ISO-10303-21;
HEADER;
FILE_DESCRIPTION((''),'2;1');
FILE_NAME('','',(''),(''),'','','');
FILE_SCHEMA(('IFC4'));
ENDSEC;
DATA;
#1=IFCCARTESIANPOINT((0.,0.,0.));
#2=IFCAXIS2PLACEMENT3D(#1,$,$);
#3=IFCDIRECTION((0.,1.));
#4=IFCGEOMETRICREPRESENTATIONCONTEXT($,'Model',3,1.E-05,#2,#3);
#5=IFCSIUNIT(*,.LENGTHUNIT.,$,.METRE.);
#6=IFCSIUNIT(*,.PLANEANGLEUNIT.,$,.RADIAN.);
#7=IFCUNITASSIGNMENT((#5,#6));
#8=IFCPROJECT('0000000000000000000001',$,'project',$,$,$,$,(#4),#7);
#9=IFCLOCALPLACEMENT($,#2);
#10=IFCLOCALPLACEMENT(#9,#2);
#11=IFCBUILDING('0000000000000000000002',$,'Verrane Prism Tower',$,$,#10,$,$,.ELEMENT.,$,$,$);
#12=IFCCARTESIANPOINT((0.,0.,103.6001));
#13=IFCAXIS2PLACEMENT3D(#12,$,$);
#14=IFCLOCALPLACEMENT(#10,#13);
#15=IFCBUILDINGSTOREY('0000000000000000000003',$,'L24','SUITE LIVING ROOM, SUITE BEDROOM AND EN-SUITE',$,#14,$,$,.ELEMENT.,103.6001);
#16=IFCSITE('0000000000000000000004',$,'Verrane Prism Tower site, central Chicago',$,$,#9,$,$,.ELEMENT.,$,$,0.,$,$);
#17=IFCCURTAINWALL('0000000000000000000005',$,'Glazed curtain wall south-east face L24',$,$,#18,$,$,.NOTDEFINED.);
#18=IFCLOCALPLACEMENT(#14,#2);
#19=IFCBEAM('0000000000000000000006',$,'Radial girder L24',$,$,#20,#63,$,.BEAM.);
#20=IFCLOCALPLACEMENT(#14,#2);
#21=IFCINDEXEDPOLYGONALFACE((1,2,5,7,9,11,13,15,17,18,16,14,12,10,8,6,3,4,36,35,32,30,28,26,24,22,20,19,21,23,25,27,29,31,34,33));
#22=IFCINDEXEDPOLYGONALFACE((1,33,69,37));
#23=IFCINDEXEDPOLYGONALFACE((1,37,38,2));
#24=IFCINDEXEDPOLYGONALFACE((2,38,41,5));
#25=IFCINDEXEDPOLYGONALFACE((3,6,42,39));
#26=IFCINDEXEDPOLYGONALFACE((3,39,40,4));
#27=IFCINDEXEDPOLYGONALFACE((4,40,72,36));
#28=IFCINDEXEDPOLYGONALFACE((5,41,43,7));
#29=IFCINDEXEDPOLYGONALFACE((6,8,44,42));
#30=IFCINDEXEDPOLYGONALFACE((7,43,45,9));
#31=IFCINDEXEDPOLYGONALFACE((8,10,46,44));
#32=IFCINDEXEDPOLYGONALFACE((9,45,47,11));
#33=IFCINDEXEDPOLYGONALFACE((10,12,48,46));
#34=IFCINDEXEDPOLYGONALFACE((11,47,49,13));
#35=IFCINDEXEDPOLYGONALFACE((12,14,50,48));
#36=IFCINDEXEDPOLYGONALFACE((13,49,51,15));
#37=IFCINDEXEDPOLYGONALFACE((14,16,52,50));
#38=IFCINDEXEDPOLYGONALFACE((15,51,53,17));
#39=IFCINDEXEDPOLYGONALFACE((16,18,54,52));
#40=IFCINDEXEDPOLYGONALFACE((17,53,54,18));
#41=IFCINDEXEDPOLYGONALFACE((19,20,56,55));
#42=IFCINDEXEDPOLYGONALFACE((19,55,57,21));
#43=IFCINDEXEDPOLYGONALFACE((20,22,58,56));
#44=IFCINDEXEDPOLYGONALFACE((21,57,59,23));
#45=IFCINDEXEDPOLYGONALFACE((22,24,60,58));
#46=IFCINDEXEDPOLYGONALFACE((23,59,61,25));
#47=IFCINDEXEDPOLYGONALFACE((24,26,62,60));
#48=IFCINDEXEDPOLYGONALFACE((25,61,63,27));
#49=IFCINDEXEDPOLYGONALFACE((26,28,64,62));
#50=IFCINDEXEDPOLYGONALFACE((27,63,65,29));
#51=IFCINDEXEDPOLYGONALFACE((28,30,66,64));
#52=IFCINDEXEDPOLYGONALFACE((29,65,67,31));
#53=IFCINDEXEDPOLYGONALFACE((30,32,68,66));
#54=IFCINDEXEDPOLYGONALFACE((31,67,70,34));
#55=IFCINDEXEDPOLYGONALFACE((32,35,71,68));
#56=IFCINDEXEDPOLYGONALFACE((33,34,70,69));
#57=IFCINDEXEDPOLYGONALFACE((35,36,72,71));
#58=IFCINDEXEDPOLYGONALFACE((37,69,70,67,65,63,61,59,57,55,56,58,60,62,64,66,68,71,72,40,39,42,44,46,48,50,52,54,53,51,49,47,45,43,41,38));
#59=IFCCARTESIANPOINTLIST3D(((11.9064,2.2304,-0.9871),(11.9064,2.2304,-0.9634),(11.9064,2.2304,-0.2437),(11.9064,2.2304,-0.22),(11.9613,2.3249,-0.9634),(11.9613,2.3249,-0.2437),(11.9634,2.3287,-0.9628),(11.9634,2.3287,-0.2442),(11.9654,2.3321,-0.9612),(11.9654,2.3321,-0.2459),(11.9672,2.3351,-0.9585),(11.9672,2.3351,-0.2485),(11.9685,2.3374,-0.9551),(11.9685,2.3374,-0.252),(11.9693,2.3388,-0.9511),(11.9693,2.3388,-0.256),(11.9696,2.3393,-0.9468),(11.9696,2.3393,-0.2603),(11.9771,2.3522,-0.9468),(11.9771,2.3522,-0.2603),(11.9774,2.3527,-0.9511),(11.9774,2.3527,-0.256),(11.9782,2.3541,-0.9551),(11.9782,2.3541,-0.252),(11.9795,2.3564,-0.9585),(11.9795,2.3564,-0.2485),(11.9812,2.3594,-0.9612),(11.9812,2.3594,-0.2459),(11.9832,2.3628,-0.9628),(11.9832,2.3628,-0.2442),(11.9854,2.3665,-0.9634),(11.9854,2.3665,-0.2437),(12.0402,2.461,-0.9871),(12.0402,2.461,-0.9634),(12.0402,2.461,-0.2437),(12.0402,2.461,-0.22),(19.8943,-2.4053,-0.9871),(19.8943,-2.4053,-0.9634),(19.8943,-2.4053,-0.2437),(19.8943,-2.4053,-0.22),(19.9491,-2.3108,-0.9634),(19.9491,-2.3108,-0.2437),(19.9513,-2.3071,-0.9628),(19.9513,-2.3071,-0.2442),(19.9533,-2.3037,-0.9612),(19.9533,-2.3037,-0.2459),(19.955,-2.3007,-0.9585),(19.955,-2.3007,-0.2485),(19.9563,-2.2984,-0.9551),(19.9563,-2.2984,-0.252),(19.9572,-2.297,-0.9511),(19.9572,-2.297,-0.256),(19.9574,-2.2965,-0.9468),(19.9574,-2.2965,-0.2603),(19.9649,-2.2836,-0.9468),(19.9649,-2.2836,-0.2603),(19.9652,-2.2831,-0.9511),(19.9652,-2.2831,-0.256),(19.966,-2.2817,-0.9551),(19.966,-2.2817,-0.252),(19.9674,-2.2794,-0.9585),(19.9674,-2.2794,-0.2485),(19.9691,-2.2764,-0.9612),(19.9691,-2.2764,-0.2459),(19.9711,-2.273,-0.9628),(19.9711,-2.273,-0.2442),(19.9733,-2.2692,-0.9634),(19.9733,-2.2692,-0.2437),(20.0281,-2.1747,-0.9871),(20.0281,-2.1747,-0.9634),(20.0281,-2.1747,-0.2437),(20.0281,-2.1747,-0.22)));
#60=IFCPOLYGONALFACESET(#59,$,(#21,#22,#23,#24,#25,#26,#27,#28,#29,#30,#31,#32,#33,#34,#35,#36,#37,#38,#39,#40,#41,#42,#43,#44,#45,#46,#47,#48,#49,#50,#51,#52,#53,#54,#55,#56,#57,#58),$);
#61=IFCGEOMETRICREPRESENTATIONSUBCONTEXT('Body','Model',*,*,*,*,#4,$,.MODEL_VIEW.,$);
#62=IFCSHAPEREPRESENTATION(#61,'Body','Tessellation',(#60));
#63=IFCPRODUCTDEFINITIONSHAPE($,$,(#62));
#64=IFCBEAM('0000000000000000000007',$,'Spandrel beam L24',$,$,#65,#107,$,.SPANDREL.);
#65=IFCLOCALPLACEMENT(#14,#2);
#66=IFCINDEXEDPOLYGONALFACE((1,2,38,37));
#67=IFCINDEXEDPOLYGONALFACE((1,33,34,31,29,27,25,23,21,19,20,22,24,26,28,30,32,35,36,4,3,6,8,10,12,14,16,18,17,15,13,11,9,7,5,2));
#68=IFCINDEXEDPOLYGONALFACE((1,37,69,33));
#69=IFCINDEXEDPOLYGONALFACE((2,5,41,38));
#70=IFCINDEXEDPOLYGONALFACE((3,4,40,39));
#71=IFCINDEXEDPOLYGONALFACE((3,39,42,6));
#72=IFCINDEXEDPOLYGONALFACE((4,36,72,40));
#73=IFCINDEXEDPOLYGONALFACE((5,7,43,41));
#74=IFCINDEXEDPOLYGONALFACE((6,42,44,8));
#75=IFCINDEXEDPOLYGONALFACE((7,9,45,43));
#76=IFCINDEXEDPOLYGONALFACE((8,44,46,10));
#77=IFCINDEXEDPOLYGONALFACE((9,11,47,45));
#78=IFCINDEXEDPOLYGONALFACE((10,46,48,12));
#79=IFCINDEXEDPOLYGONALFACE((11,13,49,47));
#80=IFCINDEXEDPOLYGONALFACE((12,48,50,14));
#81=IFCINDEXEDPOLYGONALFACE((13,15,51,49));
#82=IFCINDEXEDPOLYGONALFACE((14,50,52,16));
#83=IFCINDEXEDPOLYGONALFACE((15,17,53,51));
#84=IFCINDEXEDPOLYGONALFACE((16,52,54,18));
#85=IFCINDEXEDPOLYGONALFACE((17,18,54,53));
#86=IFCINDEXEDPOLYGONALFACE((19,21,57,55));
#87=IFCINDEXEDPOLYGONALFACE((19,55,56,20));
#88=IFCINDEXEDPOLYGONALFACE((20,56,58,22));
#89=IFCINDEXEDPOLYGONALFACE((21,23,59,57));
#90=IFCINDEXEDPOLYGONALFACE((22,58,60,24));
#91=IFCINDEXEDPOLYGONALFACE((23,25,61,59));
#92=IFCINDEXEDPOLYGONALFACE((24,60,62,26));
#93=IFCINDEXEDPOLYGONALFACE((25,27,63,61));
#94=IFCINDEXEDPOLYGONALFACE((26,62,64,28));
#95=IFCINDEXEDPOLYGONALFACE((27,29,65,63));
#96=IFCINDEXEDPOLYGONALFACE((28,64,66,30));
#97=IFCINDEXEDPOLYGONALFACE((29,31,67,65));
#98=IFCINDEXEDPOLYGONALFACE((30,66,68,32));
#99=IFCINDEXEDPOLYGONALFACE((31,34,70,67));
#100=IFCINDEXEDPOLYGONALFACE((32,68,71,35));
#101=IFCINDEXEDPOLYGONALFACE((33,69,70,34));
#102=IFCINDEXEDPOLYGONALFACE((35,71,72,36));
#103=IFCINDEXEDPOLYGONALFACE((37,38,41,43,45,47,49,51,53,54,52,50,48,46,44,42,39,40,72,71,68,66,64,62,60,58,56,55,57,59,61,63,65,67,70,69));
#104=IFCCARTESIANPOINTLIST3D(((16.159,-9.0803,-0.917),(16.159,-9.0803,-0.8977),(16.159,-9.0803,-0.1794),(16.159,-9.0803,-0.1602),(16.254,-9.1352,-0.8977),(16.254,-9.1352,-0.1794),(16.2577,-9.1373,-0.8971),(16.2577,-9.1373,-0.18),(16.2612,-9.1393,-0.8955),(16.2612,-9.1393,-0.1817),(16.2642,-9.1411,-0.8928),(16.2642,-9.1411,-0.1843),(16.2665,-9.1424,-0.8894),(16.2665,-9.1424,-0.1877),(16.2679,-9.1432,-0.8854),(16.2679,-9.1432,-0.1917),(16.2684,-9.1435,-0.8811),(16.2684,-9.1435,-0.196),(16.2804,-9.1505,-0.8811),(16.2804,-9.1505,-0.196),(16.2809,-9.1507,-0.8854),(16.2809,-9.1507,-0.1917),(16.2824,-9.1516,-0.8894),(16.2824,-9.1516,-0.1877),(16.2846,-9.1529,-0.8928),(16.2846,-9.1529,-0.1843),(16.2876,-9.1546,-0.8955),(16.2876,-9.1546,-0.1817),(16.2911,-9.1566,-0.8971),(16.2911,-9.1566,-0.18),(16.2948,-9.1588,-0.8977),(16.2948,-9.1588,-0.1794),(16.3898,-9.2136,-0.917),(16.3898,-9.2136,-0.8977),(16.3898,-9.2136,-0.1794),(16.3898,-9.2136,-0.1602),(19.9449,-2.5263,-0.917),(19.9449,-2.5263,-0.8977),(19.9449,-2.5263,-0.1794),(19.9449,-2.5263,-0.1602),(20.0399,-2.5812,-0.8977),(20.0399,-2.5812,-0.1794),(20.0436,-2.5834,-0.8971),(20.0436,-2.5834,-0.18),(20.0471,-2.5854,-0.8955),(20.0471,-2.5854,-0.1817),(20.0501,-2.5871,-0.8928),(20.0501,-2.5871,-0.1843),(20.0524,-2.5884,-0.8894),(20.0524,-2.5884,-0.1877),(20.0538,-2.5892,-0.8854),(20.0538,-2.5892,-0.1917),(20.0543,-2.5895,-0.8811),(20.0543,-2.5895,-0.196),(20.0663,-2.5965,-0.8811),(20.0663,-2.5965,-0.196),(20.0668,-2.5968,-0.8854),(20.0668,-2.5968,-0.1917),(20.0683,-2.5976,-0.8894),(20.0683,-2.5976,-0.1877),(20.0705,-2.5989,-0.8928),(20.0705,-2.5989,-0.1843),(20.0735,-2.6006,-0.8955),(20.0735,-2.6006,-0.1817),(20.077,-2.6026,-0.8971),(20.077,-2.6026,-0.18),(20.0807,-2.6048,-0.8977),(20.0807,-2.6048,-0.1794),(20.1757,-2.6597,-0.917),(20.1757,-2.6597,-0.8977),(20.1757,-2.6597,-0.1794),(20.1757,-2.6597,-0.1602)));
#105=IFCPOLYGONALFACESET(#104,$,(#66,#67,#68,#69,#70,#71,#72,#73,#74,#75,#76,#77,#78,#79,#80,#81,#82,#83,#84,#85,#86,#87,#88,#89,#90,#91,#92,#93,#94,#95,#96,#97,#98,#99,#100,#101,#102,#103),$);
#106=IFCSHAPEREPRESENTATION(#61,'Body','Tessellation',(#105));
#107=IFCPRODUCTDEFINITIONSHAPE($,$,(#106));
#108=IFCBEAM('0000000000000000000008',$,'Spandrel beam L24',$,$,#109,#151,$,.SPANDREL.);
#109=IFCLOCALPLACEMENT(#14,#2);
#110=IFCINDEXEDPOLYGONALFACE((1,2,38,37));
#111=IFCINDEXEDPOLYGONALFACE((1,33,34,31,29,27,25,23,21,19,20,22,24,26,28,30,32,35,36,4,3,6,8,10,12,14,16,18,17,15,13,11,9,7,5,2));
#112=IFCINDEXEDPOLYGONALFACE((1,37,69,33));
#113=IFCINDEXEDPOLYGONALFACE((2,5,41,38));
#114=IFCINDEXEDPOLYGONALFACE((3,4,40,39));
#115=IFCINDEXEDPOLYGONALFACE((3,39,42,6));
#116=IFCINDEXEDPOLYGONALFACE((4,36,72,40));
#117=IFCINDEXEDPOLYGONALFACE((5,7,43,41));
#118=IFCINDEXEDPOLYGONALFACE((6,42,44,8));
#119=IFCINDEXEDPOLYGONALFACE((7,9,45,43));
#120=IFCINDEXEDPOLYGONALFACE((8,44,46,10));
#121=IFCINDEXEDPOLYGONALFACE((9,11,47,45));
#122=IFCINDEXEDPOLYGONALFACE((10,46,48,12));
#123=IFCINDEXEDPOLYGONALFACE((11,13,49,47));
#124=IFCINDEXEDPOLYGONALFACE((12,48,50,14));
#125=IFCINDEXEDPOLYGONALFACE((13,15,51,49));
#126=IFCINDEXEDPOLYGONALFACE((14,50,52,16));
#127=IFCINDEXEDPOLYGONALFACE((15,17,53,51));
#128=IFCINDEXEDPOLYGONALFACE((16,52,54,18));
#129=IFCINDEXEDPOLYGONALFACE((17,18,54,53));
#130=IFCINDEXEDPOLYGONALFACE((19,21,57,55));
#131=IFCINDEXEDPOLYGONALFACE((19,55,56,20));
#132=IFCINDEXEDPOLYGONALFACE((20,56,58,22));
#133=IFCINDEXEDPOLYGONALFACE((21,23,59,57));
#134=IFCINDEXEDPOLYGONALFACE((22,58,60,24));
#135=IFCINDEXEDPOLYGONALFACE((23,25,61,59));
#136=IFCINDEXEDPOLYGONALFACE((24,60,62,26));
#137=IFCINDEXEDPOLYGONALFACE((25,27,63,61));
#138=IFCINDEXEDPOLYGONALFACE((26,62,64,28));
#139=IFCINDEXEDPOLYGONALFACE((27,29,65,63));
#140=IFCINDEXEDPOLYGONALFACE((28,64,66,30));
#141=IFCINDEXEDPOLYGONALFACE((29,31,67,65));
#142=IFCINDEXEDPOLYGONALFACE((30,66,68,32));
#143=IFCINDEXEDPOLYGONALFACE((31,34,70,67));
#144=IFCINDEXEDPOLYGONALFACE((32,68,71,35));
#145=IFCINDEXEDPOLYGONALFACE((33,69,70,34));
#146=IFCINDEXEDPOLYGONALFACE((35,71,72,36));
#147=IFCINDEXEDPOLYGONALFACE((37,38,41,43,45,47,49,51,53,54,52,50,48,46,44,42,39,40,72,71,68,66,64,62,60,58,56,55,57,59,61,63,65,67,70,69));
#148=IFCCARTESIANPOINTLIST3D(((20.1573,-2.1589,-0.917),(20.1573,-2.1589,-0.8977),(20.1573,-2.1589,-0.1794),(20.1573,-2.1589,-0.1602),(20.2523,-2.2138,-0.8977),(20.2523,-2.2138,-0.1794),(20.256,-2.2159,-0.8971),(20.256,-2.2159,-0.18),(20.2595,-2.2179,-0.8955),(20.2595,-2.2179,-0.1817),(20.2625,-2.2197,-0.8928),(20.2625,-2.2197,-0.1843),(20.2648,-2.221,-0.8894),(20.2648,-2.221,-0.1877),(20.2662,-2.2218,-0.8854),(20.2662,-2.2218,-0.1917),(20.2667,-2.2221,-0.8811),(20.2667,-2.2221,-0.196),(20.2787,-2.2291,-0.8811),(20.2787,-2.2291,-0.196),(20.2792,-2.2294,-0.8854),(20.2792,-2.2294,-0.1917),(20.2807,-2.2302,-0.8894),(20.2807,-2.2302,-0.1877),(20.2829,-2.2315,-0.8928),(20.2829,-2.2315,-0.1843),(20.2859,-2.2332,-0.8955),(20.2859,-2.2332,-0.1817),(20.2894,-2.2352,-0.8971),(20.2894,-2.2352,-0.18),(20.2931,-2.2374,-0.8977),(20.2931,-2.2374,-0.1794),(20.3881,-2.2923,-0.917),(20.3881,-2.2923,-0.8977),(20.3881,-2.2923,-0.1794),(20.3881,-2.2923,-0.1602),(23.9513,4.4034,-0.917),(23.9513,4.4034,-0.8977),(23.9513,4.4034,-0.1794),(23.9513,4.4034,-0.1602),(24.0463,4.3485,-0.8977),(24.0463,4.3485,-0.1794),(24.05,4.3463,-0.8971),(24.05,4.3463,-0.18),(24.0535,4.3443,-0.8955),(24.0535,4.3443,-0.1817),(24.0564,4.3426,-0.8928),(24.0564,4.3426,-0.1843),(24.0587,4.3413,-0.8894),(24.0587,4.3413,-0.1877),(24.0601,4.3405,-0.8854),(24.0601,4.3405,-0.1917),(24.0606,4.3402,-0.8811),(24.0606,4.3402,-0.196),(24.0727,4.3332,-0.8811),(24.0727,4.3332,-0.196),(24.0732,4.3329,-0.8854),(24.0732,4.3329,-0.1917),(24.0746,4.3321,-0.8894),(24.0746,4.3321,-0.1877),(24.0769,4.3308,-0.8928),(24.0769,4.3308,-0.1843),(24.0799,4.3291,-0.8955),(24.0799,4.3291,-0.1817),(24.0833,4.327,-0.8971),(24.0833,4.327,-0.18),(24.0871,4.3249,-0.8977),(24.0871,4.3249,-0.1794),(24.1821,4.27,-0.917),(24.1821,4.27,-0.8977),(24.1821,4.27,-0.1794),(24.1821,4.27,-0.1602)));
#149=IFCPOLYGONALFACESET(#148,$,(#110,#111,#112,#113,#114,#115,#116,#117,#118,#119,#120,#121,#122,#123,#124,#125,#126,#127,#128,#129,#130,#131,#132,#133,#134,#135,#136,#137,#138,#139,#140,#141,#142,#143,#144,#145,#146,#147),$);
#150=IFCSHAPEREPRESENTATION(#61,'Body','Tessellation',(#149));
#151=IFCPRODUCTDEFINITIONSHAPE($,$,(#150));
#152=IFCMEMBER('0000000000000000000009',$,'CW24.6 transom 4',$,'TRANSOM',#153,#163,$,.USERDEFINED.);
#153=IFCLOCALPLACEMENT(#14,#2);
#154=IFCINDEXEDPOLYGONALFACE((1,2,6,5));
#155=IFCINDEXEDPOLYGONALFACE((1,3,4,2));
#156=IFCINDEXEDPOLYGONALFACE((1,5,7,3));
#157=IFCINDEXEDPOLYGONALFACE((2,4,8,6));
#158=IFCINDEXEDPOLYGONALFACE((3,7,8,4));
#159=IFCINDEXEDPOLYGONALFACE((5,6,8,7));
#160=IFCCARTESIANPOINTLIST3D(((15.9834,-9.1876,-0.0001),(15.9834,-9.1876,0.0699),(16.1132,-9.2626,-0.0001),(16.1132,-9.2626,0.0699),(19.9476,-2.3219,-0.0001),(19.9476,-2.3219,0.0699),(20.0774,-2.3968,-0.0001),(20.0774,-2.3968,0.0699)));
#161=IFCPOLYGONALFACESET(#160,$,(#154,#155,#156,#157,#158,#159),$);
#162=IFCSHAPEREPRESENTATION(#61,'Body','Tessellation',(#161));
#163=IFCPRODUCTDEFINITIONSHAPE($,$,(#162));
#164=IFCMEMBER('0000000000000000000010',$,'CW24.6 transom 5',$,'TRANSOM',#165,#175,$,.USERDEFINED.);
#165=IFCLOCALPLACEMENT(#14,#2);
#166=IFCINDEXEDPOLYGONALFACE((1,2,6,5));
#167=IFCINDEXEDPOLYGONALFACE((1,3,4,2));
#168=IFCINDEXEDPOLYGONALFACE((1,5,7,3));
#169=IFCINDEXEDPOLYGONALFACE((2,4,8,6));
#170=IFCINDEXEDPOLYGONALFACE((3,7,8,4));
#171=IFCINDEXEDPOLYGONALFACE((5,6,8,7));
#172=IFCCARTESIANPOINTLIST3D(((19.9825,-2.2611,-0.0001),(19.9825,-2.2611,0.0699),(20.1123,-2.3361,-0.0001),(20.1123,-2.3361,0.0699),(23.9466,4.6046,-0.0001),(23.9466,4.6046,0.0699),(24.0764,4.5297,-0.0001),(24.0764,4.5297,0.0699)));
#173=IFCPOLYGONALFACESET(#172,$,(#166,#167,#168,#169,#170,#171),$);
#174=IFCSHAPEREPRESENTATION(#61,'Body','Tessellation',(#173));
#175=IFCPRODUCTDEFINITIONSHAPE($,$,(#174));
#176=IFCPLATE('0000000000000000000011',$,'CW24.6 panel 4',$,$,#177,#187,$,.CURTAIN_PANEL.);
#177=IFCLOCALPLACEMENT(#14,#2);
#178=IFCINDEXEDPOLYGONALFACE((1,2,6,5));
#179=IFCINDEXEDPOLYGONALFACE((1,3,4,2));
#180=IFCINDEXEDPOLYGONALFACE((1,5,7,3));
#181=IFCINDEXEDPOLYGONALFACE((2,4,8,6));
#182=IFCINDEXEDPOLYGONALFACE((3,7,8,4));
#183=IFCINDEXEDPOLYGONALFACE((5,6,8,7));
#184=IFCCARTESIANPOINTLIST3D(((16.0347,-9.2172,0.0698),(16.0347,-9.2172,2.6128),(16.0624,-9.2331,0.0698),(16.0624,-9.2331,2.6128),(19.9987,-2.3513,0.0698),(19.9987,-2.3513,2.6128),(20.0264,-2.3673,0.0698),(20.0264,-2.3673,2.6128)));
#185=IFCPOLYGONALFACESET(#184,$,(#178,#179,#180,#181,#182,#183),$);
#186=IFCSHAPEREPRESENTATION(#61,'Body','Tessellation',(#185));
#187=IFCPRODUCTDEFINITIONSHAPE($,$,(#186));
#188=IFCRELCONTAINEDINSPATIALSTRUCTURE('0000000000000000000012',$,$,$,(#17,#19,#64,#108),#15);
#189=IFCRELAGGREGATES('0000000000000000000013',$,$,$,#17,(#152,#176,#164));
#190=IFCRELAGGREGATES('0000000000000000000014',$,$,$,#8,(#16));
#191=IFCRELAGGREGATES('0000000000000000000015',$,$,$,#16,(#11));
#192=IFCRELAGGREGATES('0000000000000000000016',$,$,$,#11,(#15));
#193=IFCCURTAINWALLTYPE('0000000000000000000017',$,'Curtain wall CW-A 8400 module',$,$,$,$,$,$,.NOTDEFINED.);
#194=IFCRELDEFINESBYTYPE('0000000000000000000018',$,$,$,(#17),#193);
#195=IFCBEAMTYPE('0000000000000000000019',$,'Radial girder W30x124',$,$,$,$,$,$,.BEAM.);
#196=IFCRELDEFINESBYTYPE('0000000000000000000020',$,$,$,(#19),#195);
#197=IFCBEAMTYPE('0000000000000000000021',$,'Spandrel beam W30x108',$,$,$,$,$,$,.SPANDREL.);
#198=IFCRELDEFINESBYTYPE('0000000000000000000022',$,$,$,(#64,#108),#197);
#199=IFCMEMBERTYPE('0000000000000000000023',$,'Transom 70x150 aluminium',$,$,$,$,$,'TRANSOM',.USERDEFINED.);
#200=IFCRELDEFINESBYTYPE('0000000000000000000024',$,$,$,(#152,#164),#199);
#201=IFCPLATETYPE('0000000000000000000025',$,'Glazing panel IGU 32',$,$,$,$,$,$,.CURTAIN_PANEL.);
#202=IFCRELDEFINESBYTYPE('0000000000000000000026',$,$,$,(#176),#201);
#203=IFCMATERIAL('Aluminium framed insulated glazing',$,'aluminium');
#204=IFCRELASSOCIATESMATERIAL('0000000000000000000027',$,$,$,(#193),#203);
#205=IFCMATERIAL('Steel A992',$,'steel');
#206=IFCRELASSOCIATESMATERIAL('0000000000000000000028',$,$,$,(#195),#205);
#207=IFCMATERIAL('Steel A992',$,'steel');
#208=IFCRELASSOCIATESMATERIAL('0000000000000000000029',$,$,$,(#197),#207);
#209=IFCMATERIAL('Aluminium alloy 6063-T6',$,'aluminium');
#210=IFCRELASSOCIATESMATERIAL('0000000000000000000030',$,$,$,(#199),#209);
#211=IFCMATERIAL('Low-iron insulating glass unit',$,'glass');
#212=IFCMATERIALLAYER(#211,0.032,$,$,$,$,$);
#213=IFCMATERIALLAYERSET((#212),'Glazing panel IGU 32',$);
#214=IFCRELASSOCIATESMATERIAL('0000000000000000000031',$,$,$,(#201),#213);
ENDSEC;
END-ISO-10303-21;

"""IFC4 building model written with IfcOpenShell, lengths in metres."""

from ifc_helpers import new_model, si_unit, direction, frame, origin, origin_2d, place, context, subcontext, project, spatial, rectangle, i_section, extrude, material, layer, layer_set, material_profile, profile_set, type_object, element, aggregate, save


model = new_model("IFC4")

# Units and contexts
model_context = context("Model", 3, precision=1e-05, world=origin(), true_north=direction((0.0, 1.0)))
body_context = subcontext(model_context, "Body", "Model", "MODEL_VIEW")
ifc_project = project(units=[si_unit("LENGTHUNIT", "METRE"), si_unit("PLANEANGLEUNIT", "RADIAN")], contexts=[model_context])

# Site, building, storey
site_placement = place(None, origin())
site = spatial("IfcSite", under=ifc_project, at=site_placement, Name="Verrane Prism Tower site, central Chicago", CompositionType="ELEMENT", RefElevation=0.0)
building_placement = place(site_placement, origin())
building = spatial("IfcBuilding", under=site, at=building_placement, Name="Verrane Prism Tower", CompositionType="ELEMENT")
storey_placement = place(building_placement, frame((0.0, 0.0, 103.6001)))
storey = spatial("IfcBuildingStorey", under=building, at=storey_placement, Name="L24", Description="SUITE LIVING ROOM, SUITE BEDROOM AND EN-SUITE", CompositionType="ELEMENT", Elevation=103.6001)

# Curtain wall
ifc_material_1 = material(Name="Aluminium framed insulated glazing", Category="aluminium")
curtain_wall_type = type_object("IfcCurtainWallType", Name="Curtain wall CW-A 8400 module", PredefinedType="NOTDEFINED", material=ifc_material_1)
curtain_wall_placement = place(storey_placement, origin())
curtain_wall = element("IfcCurtainWall", 1, at=curtain_wall_placement, inside=storey, type_object=curtain_wall_type, Name="Glazed curtain wall south-east face L24", PredefinedType="NOTDEFINED")

# Beams
ifc_material_2 = material(Name="Steel A992", Category="steel")
ifc_material_profile_1 = material_profile(ifc_material_2, i_section(OverallWidth=0.2666, OverallDepth=0.7671, WebThickness=0.0149, FlangeThickness=0.0237, FilletRadius=0.0166, at=origin_2d()), Name="W30x124")
ifc_profile_set_1 = profile_set([ifc_material_profile_1], Name="Steel A992")
beam_type_1 = type_object("IfcBeamType", Name="Radial girder W30x124", PredefinedType="BEAM", material=ifc_profile_set_1)
beam_1_placement = place(storey_placement, frame((19.9612, -2.29, -0.6035), z_axis=(-0.864899, 0.501947, 0.0), x_axis=(-0.501947, -0.864899, 0.0)))
element("IfcBeam", 2, at=beam_1_placement, inside=storey, type_object=beam_type_1, Name="Radial girder L24", PredefinedType="BEAM", context=body_context, shape_type="SweptSolid", body=[
    extrude(i_section(OverallWidth=0.2666, OverallDepth=0.7671, WebThickness=0.0149, FlangeThickness=0.0237, FilletRadius=0.0166, at=origin_2d()), origin(), (0.0, 0.0, 1.0), 9.2356),
])
ifc_material_3 = material(Name="Steel A992", Category="steel")
ifc_material_profile_2 = material_profile(ifc_material_3, i_section(OverallWidth=0.2666, OverallDepth=0.7568, WebThickness=0.0139, FlangeThickness=0.0193, FilletRadius=0.0166, at=origin_2d()), Name="W30x108")
ifc_profile_set_2 = profile_set([ifc_material_profile_2], Name="Steel A992")
beam_type_2 = type_object("IfcBeamType", Name="Spandrel beam W30x108", PredefinedType="SPANDREL", material=ifc_profile_set_2)
beam_2_placement = place(storey_placement, frame((16.2744, -9.147, -0.5386), z_axis=(0.500194, 0.865913, 0.0), x_axis=(-0.865913, 0.500194, 0.0)))
element("IfcBeam", 3, at=beam_2_placement, inside=storey, type_object=beam_type_2, Name="Spandrel beam L24", PredefinedType="SPANDREL", context=body_context, shape_type="SweptSolid", body=[
    extrude(i_section(OverallWidth=0.2666, OverallDepth=0.7568, WebThickness=0.0139, FlangeThickness=0.0193, FilletRadius=0.0166, at=origin_2d()), origin(), (0.0, 0.0, 1.0), 7.5688),
])
beam_3_placement = place(storey_placement, frame((20.2727, -2.2256, -0.5386), z_axis=(0.500517, 0.865727, 0.0), x_axis=(-0.865727, 0.500517, 0.0)))
element("IfcBeam", 4, at=beam_3_placement, inside=storey, type_object=beam_type_2, Name="Spandrel beam L24", PredefinedType="SPANDREL", context=body_context, shape_type="SweptSolid", body=[
    extrude(i_section(OverallWidth=0.2666, OverallDepth=0.7568, WebThickness=0.0139, FlangeThickness=0.0193, FilletRadius=0.0166, at=origin_2d()), origin(), (0.0, 0.0, 1.0), 7.5801),
])

# Members
ifc_material_4 = material(Name="Aluminium alloy 6063-T6", Category="aluminium")
ifc_material_profile_3 = material_profile(ifc_material_4, rectangle(XDim=0.1499, YDim=0.0701, at=origin_2d()), Name="Transom 70x150 aluminium")
ifc_profile_set_3 = profile_set([ifc_material_profile_3], Name="Aluminium alloy 6063-T6")
member_type_1 = type_object("IfcMemberType", Name="Transom 70x150 aluminium", ElementType="TRANSOM", PredefinedType="USERDEFINED", material=ifc_profile_set_3)
member_1_placement = place(storey_placement, frame((16.0483, -9.2251, 0.0349), z_axis=(0.500017, 0.866015, 0.0), x_axis=(-0.866015, 0.500017, 0.0)))
member_1 = element("IfcMember", 5, at=member_1_placement, type_object=member_type_1, Name="CW24.6 transom 4", ObjectType="TRANSOM", PredefinedType="USERDEFINED", context=body_context, shape_type="SweptSolid", body=[
    extrude(rectangle(XDim=0.1499, YDim=0.0701, at=origin_2d()), origin(), (0.0, 0.0, 1.0), 7.928),
])
member_2_placement = place(storey_placement, frame((20.0474, -2.2986, 0.0349), z_axis=(0.500017, 0.866015, 0.0), x_axis=(-0.866015, 0.500017, 0.0)))
member_2 = element("IfcMember", 6, at=member_2_placement, type_object=member_type_1, Name="CW24.6 transom 5", ObjectType="TRANSOM", PredefinedType="USERDEFINED", context=body_context, shape_type="SweptSolid", body=[
    extrude(rectangle(XDim=0.1499, YDim=0.0701, at=origin_2d()), origin(), (0.0, 0.0, 1.0), 7.928),
])

# Plate
ifc_material_5 = material(Name="Low-iron insulating glass unit", Category="glass")
ifc_layer_1 = layer(ifc_material_5, 0.032)
ifc_layer_set_1 = layer_set([ifc_layer_1], Name="Glazing panel IGU 32")
plate_type = type_object("IfcPlateType", Name="Glazing panel IGU 32", PredefinedType="CURTAIN_PANEL", material=ifc_layer_set_1)
plate_placement = place(storey_placement, frame((18.0305, -5.7922, 0.0698), z_axis=(0.0, 0.0, 1.0), x_axis=(0.5, 0.866025, 0.0)))
plate = element("IfcPlate", 7, at=plate_placement, type_object=plate_type, Name="CW24.6 panel 4", PredefinedType="CURTAIN_PANEL", context=body_context, shape_type="SweptSolid", body=[
    extrude(rectangle(XDim=7.928, YDim=0.032, at=origin_2d()), origin(), (0.0, 0.0, 1.0), 2.543),
])
aggregate(curtain_wall, [member_1, plate, member_2])

save(model, "model.ifc")
